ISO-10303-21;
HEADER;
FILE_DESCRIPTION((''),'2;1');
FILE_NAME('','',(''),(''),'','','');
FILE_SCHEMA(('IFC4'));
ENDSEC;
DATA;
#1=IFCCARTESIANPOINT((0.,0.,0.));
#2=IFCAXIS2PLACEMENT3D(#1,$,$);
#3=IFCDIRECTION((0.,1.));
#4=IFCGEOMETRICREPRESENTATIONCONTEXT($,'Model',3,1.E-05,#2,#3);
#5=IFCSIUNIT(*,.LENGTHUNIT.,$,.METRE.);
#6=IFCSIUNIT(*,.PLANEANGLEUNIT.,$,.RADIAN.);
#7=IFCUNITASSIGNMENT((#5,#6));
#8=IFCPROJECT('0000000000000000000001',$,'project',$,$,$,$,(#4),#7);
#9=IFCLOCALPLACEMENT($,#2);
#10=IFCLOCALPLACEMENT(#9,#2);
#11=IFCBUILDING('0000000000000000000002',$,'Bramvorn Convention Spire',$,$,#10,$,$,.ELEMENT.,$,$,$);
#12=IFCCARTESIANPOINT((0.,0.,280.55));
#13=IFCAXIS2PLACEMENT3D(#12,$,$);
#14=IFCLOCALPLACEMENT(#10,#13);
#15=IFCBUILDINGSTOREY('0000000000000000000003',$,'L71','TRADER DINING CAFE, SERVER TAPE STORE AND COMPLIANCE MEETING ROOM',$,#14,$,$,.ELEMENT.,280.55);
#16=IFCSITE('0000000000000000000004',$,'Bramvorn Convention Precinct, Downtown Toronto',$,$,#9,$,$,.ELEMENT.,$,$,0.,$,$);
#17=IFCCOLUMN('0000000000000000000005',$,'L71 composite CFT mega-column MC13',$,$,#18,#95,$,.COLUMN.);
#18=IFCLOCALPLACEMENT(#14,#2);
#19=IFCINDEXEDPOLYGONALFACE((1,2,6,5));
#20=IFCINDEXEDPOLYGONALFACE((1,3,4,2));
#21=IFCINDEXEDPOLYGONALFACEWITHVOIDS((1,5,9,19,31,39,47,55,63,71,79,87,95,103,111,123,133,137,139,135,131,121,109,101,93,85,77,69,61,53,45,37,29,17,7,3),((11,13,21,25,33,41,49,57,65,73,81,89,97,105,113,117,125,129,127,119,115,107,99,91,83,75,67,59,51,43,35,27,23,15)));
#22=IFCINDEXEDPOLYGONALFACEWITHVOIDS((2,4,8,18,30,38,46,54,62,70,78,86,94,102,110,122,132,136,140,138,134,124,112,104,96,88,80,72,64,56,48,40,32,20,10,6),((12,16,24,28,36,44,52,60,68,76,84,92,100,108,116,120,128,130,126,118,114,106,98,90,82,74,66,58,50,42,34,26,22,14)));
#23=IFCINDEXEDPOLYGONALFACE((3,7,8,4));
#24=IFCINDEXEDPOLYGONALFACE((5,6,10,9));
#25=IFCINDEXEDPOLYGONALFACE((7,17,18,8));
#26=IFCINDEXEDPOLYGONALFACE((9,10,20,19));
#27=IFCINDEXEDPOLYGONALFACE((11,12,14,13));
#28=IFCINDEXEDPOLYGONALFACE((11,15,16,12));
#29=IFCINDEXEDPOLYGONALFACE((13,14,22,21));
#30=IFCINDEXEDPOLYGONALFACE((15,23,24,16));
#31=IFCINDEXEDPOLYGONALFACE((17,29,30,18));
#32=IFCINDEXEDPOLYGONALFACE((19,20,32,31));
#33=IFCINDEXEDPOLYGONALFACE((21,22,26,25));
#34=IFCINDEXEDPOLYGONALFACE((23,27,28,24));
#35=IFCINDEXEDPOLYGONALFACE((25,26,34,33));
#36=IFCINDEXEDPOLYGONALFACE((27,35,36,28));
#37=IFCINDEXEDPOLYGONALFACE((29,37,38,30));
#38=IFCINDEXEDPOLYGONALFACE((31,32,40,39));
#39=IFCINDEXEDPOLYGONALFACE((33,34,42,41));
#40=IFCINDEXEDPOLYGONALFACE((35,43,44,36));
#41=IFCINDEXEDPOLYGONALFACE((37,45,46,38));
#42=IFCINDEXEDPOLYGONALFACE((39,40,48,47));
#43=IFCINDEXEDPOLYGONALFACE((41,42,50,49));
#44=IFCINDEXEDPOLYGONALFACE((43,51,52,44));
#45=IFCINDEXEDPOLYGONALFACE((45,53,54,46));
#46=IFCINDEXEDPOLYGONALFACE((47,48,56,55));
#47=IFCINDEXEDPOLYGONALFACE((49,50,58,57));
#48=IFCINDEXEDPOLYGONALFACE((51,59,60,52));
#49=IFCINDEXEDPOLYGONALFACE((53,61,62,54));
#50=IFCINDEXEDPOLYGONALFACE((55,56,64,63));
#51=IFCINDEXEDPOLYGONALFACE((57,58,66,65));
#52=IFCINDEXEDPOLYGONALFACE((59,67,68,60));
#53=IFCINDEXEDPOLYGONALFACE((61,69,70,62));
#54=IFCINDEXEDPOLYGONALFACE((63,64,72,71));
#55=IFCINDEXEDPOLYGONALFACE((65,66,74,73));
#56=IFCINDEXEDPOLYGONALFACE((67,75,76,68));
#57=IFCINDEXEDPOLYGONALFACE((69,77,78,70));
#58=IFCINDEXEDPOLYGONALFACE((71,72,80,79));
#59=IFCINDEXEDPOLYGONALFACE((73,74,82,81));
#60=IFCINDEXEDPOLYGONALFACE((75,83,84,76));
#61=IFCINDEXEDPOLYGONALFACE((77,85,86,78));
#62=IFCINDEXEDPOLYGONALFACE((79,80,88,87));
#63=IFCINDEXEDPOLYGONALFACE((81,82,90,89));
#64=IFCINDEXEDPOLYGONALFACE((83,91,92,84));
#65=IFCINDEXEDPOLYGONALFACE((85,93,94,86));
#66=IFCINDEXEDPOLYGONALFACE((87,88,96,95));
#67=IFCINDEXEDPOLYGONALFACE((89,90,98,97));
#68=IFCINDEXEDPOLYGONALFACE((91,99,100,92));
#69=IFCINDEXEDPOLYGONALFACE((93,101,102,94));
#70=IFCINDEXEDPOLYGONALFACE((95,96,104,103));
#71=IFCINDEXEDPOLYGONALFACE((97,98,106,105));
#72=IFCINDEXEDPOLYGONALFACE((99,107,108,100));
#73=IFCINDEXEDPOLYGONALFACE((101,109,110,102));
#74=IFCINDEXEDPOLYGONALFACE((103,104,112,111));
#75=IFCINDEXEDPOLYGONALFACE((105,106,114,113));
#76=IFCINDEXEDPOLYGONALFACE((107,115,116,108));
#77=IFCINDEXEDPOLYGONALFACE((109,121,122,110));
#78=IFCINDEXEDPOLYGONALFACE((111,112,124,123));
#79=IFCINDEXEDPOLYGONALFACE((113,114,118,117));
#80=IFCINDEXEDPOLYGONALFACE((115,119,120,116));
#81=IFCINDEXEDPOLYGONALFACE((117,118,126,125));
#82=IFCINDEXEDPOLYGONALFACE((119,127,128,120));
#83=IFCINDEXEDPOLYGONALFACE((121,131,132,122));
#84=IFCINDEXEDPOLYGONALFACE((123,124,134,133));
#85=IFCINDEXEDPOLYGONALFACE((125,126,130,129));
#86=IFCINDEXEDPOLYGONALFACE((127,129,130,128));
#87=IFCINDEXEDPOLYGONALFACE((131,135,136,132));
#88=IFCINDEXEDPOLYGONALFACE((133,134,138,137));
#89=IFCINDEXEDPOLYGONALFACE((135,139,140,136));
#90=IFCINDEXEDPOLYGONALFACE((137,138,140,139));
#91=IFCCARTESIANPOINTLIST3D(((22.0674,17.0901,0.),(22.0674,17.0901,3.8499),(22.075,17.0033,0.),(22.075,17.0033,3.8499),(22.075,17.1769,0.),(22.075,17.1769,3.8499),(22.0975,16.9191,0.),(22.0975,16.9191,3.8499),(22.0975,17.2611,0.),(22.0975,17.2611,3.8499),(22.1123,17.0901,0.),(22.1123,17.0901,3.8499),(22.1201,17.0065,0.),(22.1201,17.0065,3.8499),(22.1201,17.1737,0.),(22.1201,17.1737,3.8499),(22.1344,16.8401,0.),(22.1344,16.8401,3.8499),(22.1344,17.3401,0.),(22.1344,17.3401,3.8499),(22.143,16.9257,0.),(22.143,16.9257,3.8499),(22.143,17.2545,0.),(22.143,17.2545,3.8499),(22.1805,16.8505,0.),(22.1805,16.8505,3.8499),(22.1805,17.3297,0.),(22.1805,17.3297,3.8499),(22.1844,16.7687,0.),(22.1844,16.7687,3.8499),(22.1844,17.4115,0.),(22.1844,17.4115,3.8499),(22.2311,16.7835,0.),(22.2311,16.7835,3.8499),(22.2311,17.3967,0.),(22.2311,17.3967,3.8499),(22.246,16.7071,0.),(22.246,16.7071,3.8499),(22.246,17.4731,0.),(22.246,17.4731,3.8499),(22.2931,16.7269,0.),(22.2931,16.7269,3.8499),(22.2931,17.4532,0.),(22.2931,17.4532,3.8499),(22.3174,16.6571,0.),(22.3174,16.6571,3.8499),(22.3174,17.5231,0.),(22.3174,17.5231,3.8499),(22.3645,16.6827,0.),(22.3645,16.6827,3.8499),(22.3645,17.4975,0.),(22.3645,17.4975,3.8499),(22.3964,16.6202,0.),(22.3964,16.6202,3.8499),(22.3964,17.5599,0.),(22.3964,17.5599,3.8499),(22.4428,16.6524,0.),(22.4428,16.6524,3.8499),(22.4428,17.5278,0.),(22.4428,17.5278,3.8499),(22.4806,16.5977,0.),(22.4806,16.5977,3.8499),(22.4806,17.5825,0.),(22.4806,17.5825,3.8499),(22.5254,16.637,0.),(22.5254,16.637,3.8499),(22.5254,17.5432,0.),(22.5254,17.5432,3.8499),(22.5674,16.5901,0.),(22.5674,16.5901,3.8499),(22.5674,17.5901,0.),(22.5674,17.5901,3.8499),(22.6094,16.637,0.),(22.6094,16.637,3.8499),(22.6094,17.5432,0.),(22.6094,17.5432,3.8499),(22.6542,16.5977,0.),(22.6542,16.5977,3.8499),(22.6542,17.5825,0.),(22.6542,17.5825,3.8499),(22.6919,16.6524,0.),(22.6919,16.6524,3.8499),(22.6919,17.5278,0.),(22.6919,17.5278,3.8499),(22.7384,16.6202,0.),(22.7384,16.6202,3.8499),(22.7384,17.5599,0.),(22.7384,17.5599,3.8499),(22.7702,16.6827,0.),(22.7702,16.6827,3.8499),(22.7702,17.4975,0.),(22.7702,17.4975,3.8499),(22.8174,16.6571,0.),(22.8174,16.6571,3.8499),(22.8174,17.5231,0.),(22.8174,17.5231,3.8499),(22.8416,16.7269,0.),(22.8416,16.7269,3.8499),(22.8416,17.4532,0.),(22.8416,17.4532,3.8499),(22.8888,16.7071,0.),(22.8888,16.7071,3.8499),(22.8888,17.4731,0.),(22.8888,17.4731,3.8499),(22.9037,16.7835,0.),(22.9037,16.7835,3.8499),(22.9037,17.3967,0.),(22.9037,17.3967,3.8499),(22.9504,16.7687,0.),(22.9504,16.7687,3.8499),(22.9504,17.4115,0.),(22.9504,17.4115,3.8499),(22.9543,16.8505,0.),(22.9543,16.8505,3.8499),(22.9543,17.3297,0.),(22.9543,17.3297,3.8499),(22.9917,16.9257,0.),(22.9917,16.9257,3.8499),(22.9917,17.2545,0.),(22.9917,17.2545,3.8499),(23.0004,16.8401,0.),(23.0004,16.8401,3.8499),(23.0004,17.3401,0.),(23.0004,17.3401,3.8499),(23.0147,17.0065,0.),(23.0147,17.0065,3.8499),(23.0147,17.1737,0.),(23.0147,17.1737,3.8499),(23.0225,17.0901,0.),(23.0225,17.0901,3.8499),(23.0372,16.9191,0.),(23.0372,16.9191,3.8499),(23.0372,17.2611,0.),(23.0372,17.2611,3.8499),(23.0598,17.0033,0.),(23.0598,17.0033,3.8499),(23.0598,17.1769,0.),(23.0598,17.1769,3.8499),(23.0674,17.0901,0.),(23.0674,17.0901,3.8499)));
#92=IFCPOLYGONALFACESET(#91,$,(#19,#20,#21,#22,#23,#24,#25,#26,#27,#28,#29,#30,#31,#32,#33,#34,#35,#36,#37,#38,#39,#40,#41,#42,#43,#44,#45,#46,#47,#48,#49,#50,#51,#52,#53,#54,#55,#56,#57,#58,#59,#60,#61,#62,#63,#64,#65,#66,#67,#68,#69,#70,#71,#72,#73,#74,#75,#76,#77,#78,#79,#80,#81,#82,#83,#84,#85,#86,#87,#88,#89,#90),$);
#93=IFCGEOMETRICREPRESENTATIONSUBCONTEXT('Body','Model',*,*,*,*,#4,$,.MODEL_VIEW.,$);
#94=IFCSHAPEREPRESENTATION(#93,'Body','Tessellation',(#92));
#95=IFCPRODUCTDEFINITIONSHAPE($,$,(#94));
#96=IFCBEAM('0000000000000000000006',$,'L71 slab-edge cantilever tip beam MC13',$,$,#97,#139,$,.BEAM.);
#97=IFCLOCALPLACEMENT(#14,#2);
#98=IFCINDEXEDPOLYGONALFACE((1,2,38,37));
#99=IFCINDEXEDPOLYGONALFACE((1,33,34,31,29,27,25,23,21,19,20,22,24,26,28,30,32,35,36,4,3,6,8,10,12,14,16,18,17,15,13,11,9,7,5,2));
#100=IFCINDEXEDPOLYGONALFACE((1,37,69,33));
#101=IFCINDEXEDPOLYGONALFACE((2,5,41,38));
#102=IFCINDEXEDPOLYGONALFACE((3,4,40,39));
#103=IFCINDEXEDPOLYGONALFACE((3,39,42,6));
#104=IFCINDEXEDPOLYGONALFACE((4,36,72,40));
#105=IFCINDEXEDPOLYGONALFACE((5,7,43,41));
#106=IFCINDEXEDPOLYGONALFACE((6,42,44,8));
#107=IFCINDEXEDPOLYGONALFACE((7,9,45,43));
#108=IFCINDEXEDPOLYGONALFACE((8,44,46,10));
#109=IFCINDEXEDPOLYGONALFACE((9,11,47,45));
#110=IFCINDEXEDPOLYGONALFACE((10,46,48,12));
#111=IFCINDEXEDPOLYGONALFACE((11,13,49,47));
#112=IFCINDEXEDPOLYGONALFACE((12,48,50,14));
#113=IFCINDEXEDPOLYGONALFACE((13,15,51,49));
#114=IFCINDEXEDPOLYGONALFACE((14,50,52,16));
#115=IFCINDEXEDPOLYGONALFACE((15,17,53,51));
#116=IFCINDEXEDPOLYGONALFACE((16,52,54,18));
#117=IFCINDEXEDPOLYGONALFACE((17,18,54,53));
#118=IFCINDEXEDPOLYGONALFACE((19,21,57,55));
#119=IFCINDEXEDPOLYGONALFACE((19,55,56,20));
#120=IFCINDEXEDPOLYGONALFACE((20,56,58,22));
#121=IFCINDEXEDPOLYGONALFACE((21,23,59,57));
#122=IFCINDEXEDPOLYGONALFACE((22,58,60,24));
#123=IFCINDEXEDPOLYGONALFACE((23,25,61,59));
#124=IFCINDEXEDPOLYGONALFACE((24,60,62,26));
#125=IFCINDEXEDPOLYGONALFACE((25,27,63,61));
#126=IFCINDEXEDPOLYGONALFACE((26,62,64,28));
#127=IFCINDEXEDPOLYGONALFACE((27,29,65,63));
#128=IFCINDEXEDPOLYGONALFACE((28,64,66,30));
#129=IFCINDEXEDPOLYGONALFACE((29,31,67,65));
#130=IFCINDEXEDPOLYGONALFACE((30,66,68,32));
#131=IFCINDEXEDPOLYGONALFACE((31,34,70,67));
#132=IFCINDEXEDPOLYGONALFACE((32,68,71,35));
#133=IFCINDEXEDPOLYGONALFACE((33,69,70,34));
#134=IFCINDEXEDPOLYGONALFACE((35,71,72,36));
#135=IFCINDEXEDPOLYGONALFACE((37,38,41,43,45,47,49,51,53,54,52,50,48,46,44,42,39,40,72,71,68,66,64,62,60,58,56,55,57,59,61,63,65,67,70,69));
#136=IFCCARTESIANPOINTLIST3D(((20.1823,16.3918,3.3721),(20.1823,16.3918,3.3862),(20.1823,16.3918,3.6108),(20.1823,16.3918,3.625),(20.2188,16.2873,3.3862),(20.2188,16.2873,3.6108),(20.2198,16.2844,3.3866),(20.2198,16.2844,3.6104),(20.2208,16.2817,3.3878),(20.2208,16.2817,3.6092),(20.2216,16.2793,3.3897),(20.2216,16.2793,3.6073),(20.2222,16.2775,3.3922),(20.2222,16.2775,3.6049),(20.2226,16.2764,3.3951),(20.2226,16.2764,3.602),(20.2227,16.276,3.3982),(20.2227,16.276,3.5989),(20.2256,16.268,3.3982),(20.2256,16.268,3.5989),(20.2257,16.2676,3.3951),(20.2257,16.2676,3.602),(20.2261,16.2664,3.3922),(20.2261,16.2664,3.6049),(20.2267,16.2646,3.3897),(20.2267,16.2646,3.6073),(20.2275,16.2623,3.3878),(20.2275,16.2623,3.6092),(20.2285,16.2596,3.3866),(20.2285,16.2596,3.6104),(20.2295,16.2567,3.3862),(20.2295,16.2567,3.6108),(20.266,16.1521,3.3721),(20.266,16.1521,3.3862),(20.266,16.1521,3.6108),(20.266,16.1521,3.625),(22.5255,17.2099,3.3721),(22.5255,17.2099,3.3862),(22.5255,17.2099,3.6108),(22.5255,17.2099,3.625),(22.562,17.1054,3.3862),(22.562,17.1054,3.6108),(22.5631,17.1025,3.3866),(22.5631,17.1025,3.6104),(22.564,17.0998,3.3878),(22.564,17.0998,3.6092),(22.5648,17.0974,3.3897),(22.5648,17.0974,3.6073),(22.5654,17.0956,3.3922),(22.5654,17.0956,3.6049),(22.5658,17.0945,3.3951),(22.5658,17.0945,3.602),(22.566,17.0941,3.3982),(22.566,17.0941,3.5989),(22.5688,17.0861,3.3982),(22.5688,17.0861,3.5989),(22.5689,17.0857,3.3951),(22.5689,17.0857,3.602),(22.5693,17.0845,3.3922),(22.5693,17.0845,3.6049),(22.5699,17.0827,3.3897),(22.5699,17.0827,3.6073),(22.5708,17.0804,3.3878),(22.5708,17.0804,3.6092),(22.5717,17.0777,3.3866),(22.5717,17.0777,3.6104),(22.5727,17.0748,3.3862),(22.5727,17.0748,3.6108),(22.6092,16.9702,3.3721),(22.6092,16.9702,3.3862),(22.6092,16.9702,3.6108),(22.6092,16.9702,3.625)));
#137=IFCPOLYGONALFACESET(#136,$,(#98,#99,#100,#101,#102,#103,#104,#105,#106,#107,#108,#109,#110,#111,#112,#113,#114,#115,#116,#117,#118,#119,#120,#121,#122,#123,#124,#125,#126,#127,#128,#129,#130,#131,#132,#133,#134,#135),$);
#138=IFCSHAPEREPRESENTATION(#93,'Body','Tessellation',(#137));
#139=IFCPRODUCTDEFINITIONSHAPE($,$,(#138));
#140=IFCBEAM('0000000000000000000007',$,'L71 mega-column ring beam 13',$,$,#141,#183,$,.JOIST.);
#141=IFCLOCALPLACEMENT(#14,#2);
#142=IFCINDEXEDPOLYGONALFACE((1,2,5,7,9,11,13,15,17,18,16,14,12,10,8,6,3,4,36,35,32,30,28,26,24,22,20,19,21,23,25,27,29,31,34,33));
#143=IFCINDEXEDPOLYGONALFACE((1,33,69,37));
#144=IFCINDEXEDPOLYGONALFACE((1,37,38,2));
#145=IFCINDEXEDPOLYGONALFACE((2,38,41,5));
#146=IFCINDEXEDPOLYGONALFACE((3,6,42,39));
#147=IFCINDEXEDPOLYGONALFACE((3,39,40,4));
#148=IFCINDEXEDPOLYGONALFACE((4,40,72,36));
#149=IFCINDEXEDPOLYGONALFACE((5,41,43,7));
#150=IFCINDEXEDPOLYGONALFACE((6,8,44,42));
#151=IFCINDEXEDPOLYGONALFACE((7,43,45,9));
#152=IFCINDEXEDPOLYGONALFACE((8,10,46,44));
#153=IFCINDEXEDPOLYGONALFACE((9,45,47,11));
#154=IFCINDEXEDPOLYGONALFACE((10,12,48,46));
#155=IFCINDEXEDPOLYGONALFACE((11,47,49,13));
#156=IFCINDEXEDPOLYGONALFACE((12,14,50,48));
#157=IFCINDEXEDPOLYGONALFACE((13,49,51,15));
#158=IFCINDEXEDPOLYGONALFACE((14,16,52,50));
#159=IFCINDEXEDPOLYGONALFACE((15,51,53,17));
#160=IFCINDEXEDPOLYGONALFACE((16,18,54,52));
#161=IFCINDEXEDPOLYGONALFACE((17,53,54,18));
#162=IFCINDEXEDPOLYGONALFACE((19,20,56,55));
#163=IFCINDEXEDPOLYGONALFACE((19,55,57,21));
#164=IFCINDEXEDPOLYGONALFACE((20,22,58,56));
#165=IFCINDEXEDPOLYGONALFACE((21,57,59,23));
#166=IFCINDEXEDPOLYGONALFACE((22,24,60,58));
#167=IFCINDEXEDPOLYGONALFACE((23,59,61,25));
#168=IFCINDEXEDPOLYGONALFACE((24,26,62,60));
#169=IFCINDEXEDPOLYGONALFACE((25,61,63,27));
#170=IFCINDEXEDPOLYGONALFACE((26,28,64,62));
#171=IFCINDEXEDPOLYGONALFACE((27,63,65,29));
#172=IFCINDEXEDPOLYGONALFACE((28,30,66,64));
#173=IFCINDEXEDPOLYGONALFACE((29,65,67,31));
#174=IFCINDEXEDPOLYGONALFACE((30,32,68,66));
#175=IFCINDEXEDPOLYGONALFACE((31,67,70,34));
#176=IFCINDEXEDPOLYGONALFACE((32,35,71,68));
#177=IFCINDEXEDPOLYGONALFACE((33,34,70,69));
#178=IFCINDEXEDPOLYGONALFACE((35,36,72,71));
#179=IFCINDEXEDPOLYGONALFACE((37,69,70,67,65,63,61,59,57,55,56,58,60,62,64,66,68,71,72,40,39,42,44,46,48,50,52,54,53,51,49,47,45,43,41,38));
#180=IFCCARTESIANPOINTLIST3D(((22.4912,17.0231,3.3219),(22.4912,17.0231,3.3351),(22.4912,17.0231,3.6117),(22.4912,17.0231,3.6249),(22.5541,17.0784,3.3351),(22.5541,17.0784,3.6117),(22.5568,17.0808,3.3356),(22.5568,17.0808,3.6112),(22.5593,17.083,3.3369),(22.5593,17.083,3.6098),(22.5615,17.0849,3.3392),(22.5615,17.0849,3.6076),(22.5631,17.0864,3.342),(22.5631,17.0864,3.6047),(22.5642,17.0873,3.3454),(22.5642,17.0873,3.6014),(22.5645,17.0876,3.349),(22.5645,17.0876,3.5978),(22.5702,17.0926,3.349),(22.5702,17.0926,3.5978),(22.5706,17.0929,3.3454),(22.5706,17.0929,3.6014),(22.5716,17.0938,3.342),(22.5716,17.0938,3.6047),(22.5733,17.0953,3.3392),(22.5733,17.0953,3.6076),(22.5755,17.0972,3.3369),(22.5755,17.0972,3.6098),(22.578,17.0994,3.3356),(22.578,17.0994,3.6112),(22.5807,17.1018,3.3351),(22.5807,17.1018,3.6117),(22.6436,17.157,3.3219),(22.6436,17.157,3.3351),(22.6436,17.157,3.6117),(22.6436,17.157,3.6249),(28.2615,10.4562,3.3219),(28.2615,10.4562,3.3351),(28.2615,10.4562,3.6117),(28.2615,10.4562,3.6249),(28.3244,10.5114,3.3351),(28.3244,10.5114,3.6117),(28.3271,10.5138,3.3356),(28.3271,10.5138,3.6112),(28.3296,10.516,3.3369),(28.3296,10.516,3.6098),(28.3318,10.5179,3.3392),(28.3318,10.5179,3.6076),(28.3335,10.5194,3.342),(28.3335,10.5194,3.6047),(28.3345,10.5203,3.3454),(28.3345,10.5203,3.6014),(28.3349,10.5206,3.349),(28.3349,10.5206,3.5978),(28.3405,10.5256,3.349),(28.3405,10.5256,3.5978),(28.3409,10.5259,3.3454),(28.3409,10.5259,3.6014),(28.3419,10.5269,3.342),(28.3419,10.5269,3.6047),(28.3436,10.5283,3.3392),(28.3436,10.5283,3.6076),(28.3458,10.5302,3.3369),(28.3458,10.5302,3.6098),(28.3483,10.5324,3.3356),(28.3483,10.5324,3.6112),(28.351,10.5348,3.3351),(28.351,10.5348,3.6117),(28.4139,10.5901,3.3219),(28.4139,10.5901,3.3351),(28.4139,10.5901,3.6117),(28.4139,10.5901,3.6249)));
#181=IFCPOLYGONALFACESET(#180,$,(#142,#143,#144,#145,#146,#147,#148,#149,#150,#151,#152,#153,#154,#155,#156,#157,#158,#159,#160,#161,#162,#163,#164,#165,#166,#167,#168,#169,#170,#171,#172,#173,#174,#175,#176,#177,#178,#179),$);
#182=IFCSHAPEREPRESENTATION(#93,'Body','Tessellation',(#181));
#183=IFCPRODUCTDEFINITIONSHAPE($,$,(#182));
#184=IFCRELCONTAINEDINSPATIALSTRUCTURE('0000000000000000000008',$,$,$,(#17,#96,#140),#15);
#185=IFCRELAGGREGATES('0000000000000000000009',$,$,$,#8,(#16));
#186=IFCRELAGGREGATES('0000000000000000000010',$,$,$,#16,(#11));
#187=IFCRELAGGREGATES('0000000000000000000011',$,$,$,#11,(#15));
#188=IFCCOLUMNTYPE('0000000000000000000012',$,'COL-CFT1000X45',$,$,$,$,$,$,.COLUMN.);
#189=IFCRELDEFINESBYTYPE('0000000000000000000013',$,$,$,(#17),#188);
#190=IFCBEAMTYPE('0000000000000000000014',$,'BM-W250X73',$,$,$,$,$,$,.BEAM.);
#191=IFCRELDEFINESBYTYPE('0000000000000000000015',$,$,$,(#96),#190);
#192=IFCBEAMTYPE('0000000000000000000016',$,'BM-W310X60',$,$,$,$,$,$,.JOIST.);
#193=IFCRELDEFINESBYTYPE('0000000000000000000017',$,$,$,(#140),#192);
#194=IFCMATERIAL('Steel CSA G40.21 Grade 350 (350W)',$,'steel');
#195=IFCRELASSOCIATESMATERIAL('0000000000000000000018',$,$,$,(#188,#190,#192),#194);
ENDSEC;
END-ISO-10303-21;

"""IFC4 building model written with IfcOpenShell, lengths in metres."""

from ifc_helpers import new_model, si_unit, direction, frame, origin, origin_2d, place, context, subcontext, project, spatial, hollow_circle, i_section, extrude, material, material_profile, profile_set, type_object, element, save


model = new_model("IFC4")

# Units and contexts
model_context = context("Model", 3, precision=1e-05, world=origin(), true_north=direction((0.0, 1.0)))
body_context = subcontext(model_context, "Body", "Model", "MODEL_VIEW")
ifc_project = project(units=[si_unit("LENGTHUNIT", "METRE"), si_unit("PLANEANGLEUNIT", "RADIAN")], contexts=[model_context])

# Site, building, storey
site_placement = place(None, origin())
site = spatial("IfcSite", under=ifc_project, at=site_placement, Name="Bramvorn Convention Precinct, Downtown Toronto", CompositionType="ELEMENT", RefElevation=0.0)
building_placement = place(site_placement, origin())
building = spatial("IfcBuilding", under=site, at=building_placement, Name="Bramvorn Convention Spire", CompositionType="ELEMENT")
storey_placement = place(building_placement, frame((0.0, 0.0, 280.55)))
storey = spatial("IfcBuildingStorey", under=building, at=storey_placement, Name="L71", Description="TRADER DINING CAFE, SERVER TAPE STORE AND COMPLIANCE MEETING ROOM", CompositionType="ELEMENT", Elevation=280.55)

# Column
ifc_material_1 = material(Name="Steel CSA G40.21 Grade 350 (350W)", Category="steel")
ifc_material_profile_1 = material_profile(ifc_material_1, hollow_circle(Radius=0.5, WallThickness=0.0449, at=origin_2d()))
ifc_profile_set_1 = profile_set([ifc_material_profile_1], Name="Steel CSA G40.21 Grade 350 (350W) - CFT1000X45")
column_type = type_object("IfcColumnType", Name="COL-CFT1000X45", PredefinedType="COLUMN", material=ifc_profile_set_1)
column_placement = place(storey_placement, frame((22.5674, 17.0901, 0.0), z_axis=(0.0, 0.0, 1.0), x_axis=(1.0, 0.0, 0.0)))
element("IfcColumn", 1, at=column_placement, inside=storey, type_object=column_type, Name="L71 composite CFT mega-column MC13", PredefinedType="COLUMN", context=body_context, shape_type="SweptSolid", body=[
    extrude(hollow_circle(Radius=0.5, WallThickness=0.0449, at=origin_2d()), origin(), (0.0, 0.0, 1.0), 3.8499),
])

# Beams
ifc_material_profile_2 = material_profile(ifc_material_1, i_section(OverallWidth=0.2539, OverallDepth=0.2529, WebThickness=0.0085, FlangeThickness=0.0142, FilletRadius=0.012, at=origin_2d()))
ifc_profile_set_2 = profile_set([ifc_material_profile_2], Name="Steel CSA G40.21 Grade 350 (350W) - W250X73")
beam_type_1 = type_object("IfcBeamType", Name="BM-W250X73", PredefinedType="BEAM", material=ifc_profile_set_2)
beam_1_placement = place(storey_placement, frame((22.5674, 17.0901, 3.4985), z_axis=(-0.944113, -0.329623, 0.0), x_axis=(0.329623, -0.944113, 0.0)))
element("IfcBeam", 2, at=beam_1_placement, inside=storey, type_object=beam_type_1, Name="L71 slab-edge cantilever tip beam MC13", PredefinedType="BEAM", context=body_context, shape_type="SweptSolid", body=[
    extrude(i_section(OverallWidth=0.2539, OverallDepth=0.2529, WebThickness=0.0085, FlangeThickness=0.0142, FilletRadius=0.012, at=origin_2d()), origin(), (0.0, 0.0, 1.0), 2.4819),
])
ifc_material_profile_3 = material_profile(ifc_material_1, i_section(OverallWidth=0.2029, OverallDepth=0.303, WebThickness=0.0076, FlangeThickness=0.0132, FilletRadius=0.0139, at=origin_2d()))
ifc_profile_set_3 = profile_set([ifc_material_profile_3], Name="Steel CSA G40.21 Grade 350 (350W) - W310X60")
beam_type_2 = type_object("IfcBeamType", Name="BM-W310X60", PredefinedType="JOIST", material=ifc_profile_set_3)
beam_2_placement = place(storey_placement, frame((22.5674, 17.0901, 3.4734), z_axis=(0.660073, -0.751201, 0.0), x_axis=(0.751201, 0.660073, 0.0)))
element("IfcBeam", 3, at=beam_2_placement, inside=storey, type_object=beam_type_2, Name="L71 mega-column ring beam 13", PredefinedType="JOIST", context=body_context, shape_type="SweptSolid", body=[
    extrude(i_section(OverallWidth=0.2029, OverallDepth=0.303, WebThickness=0.0076, FlangeThickness=0.0132, FilletRadius=0.0139, at=origin_2d()), origin(), (0.0, 0.0, 1.0), 8.7419),
])

save(model, "model.ifc")
